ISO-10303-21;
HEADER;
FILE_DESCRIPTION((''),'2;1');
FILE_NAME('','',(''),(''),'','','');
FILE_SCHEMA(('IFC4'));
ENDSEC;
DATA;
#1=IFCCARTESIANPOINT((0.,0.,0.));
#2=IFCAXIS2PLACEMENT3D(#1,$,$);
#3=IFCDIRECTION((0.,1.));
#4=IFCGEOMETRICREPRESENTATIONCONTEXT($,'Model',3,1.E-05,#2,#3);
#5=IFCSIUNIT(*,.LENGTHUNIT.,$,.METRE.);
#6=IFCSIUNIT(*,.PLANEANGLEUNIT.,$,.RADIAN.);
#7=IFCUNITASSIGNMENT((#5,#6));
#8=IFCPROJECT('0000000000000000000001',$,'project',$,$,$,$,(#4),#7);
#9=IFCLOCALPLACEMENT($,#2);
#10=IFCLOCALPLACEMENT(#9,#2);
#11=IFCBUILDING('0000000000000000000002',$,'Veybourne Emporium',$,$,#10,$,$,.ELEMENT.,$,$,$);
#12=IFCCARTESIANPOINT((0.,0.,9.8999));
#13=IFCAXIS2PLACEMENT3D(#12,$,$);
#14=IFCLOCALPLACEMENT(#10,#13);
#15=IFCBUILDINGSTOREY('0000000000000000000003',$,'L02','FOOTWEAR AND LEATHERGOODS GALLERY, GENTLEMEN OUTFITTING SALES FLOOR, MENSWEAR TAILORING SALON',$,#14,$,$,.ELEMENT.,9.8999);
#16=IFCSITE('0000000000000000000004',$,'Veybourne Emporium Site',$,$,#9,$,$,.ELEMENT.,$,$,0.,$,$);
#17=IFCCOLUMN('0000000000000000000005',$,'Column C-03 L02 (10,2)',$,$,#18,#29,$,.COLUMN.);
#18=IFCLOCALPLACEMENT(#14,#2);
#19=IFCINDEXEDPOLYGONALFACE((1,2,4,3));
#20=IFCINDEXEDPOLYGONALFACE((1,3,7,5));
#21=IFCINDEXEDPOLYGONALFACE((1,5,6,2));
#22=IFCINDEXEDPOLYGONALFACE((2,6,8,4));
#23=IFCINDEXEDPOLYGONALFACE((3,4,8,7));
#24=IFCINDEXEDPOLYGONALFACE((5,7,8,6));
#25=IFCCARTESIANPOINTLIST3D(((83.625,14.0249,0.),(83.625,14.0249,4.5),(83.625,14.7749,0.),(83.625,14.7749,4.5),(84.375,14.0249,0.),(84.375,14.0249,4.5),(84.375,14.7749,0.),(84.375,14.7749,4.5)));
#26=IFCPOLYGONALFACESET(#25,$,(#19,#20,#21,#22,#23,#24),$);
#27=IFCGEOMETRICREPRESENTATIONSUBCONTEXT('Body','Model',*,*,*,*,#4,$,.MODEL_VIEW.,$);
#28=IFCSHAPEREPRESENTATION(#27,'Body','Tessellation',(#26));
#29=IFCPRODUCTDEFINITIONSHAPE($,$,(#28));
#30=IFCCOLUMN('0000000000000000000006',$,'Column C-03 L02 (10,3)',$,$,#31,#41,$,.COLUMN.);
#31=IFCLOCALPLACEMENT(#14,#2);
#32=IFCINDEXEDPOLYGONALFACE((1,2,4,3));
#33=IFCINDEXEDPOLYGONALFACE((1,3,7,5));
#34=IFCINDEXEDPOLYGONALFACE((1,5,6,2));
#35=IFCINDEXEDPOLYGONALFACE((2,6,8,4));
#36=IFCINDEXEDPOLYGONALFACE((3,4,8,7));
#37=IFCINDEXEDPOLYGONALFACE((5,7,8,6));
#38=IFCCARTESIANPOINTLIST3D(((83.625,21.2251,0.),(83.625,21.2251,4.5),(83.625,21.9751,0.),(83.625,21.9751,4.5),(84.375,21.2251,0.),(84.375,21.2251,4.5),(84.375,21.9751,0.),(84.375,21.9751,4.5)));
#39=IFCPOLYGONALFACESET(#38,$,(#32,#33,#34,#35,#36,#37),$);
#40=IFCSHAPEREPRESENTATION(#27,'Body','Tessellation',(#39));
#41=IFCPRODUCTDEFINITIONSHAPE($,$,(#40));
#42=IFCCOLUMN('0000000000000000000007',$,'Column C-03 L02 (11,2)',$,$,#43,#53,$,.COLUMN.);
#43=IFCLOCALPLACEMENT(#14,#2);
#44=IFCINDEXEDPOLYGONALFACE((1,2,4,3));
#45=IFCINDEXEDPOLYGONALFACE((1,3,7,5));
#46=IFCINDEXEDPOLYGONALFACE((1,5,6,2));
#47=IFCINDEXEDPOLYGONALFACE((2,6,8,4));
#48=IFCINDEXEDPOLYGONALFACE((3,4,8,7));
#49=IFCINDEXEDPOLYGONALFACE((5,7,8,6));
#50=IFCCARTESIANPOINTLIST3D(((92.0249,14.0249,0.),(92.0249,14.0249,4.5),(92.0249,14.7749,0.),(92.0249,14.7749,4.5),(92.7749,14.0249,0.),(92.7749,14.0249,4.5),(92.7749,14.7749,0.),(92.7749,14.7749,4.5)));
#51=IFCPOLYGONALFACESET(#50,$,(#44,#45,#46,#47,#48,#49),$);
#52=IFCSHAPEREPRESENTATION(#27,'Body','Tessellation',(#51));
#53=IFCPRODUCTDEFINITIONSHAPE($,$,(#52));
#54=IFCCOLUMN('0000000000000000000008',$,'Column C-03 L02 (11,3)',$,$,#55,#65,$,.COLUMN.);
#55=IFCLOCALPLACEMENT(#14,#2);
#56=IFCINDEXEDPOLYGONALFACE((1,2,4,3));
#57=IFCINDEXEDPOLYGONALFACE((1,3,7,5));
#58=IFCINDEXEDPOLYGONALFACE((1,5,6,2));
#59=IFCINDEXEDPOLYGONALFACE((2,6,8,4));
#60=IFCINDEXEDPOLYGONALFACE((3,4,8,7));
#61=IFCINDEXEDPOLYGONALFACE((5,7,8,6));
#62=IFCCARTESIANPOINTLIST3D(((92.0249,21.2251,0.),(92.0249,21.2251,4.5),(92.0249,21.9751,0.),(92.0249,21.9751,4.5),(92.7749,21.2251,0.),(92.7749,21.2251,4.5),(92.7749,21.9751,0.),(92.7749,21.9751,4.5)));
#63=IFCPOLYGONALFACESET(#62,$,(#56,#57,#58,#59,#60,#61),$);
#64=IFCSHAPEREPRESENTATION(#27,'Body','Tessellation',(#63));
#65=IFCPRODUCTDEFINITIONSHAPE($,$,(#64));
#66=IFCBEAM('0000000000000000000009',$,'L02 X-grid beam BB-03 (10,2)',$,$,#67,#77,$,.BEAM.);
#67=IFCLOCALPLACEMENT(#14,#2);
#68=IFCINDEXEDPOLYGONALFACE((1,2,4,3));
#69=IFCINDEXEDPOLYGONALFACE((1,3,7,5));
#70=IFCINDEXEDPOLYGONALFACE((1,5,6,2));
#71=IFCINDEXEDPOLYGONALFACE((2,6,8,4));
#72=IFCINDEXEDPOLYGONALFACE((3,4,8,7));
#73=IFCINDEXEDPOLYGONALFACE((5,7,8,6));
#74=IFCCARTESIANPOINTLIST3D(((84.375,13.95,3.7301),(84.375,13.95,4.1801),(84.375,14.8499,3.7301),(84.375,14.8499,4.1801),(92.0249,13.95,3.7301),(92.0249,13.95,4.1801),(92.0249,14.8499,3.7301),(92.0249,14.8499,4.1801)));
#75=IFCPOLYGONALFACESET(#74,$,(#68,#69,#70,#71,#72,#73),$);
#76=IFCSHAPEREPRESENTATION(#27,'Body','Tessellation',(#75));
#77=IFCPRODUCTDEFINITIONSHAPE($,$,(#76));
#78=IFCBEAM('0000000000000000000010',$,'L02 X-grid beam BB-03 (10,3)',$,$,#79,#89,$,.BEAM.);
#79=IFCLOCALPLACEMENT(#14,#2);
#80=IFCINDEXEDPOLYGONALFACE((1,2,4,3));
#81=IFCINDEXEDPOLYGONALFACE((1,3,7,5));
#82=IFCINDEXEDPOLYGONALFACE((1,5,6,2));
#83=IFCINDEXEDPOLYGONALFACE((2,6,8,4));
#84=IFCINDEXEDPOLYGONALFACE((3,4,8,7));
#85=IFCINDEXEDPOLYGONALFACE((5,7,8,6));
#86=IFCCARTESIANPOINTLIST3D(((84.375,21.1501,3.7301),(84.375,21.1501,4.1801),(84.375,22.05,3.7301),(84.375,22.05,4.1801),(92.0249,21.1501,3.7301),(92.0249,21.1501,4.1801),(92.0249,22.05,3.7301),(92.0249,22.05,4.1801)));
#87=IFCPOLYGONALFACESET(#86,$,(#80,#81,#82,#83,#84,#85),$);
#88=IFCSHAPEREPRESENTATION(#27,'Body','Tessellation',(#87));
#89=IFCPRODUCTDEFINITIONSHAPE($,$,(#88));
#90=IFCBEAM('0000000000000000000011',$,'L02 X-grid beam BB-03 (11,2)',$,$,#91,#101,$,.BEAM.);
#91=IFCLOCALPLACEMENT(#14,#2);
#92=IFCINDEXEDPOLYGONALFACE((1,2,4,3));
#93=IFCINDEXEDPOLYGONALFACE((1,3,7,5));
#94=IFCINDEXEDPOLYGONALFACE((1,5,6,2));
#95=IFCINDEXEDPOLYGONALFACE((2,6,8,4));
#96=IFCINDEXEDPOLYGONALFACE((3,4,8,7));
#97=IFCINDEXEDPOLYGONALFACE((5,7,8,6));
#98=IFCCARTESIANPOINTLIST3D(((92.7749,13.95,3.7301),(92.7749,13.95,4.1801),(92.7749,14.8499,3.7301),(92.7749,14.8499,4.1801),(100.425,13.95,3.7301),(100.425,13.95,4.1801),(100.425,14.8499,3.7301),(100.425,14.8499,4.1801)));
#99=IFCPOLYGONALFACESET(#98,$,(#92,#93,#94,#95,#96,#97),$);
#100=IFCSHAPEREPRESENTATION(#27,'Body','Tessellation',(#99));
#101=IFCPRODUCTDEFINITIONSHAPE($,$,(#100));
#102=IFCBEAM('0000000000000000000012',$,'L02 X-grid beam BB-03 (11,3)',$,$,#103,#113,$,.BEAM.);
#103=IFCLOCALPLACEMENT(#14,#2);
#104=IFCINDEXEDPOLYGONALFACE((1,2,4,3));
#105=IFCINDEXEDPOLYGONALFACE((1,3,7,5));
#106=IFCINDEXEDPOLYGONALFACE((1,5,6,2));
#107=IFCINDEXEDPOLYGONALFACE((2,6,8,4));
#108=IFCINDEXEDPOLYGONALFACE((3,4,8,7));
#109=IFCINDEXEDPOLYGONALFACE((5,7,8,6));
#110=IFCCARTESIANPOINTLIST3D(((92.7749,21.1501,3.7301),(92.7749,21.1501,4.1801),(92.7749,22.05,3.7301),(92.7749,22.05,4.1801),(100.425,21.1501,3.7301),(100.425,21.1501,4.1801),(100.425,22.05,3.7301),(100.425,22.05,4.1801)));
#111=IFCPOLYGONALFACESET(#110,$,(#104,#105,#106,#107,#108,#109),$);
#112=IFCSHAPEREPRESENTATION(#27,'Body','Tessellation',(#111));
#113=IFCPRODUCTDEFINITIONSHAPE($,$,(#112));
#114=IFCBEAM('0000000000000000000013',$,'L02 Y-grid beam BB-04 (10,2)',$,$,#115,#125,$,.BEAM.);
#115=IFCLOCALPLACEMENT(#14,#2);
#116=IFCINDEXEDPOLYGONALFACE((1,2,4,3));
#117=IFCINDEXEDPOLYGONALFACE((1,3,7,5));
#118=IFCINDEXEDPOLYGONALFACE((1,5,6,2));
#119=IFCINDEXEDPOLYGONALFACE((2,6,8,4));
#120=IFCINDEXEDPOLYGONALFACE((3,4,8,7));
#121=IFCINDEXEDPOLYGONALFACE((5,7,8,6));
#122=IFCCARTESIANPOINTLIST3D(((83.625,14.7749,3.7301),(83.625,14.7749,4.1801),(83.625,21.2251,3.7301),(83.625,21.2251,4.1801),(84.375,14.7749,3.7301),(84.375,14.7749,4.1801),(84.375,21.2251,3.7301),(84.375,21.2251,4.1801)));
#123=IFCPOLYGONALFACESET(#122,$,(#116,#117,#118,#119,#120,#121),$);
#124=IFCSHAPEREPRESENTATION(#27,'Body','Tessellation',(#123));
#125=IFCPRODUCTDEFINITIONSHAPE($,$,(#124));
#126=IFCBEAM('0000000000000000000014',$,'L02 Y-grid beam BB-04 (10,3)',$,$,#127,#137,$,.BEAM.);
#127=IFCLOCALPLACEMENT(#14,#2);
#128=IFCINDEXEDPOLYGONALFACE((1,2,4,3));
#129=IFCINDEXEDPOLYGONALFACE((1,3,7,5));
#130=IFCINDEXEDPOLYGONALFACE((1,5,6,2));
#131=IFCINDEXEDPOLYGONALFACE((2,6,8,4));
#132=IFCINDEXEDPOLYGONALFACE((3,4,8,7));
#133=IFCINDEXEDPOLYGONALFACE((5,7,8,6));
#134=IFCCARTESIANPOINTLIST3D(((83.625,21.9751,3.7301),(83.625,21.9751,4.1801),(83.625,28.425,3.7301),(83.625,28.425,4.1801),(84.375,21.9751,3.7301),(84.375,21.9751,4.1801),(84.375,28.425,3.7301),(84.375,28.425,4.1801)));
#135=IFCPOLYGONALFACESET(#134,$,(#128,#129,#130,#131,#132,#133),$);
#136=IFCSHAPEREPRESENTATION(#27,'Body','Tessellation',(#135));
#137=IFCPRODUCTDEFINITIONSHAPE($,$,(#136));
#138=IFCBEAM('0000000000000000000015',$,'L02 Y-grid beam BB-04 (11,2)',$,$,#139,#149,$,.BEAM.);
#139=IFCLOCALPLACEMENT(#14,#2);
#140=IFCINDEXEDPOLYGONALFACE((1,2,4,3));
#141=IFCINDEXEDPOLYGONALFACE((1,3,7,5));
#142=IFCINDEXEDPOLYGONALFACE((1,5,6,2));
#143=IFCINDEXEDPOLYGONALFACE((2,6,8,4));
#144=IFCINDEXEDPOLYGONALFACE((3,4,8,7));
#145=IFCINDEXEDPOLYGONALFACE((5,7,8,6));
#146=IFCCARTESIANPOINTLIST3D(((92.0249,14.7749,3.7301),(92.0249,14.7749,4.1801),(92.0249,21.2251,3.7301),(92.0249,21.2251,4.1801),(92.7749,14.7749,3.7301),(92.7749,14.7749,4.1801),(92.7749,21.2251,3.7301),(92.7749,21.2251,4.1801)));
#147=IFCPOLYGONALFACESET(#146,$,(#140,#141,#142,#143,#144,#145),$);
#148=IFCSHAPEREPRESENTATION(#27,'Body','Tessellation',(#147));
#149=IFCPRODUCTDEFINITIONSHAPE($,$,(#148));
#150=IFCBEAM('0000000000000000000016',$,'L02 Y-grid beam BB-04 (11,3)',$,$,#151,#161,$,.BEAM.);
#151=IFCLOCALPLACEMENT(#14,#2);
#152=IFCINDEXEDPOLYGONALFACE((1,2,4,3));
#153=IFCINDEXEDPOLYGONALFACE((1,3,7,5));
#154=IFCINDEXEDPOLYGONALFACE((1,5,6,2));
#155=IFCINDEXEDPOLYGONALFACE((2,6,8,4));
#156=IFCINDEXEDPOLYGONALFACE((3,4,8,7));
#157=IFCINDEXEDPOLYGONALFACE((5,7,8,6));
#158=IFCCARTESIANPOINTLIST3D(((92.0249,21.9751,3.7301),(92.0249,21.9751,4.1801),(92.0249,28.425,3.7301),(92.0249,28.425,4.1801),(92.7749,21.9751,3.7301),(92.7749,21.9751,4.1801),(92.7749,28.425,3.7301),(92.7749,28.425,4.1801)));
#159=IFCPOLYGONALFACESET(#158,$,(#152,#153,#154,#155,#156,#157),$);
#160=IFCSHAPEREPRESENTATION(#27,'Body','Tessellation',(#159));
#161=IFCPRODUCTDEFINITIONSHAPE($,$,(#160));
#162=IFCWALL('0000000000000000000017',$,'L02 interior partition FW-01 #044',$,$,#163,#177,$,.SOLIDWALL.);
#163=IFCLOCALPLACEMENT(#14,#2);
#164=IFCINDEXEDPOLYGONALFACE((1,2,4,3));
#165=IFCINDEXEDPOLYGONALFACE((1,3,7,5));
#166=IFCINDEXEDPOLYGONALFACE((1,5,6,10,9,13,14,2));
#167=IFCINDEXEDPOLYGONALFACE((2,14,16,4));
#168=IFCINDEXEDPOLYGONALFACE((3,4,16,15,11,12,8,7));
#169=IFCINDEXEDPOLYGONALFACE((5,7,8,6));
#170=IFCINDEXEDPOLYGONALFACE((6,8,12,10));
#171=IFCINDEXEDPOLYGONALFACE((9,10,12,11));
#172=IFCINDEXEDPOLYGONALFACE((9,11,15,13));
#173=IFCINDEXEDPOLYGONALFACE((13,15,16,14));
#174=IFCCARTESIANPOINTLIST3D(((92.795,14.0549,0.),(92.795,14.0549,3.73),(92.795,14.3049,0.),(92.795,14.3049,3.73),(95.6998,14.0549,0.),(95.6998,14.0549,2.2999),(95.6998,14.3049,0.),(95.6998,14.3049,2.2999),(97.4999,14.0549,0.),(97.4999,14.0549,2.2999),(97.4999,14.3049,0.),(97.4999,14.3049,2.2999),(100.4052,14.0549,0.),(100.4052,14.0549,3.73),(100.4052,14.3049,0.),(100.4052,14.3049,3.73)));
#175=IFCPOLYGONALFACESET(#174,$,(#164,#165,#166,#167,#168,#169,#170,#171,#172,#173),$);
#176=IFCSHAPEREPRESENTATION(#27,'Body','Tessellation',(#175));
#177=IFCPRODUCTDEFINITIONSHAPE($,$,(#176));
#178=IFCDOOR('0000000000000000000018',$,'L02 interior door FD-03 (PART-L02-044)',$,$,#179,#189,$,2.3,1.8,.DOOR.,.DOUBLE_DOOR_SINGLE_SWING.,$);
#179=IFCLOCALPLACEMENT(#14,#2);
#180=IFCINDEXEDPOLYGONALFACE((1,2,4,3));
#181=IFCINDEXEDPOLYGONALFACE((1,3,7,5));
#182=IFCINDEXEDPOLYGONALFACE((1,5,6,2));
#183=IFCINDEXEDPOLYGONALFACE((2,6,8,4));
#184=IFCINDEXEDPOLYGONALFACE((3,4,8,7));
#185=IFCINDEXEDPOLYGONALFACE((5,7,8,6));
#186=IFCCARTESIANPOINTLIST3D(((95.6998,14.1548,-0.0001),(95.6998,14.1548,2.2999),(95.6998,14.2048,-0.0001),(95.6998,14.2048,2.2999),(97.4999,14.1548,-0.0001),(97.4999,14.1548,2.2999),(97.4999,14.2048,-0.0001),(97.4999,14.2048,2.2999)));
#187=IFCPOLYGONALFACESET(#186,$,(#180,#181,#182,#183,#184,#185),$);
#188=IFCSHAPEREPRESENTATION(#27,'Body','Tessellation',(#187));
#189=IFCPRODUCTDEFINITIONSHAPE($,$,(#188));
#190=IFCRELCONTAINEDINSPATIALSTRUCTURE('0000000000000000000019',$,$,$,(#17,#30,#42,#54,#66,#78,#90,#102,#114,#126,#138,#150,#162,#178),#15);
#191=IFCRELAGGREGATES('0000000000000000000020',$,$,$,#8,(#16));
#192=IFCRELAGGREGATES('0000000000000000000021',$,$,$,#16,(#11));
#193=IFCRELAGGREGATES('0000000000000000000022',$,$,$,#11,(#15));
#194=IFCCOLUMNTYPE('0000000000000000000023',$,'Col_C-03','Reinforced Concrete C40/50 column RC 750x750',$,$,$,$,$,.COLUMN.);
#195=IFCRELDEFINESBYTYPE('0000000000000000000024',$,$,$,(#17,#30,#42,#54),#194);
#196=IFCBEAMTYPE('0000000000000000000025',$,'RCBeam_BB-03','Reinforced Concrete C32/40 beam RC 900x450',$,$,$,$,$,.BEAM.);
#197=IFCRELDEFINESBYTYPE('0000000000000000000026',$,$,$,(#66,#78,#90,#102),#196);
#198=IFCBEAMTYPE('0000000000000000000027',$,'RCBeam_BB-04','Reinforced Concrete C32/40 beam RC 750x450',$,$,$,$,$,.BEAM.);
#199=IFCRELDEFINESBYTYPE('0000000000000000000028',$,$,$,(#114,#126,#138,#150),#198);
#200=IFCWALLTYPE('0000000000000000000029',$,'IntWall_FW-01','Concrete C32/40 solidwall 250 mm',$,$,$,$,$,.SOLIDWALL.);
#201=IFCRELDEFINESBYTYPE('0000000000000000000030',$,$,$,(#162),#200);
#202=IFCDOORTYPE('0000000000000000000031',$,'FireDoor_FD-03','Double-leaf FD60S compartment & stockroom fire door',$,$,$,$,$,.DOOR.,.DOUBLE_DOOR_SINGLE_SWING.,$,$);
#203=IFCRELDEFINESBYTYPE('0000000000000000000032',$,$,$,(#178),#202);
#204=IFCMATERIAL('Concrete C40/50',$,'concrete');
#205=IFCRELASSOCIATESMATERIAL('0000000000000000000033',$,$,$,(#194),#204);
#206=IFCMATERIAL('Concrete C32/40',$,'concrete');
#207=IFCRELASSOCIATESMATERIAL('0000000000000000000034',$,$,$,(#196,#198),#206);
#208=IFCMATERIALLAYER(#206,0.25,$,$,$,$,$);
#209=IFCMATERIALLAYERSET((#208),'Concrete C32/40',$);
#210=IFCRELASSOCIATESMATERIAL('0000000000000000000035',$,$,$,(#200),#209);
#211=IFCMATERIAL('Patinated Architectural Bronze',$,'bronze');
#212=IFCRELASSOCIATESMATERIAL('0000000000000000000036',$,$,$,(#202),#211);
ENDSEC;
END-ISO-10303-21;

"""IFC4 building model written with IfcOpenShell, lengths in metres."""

from ifc_helpers import new_model, si_unit, direction, frame, frame_2d, origin, origin_2d, place, context, subcontext, project, spatial, rectangle, extrude, material, layer, layer_set, material_profile, profile_set, type_object, element, fill, save


model = new_model("IFC4")

# Units and contexts
model_context = context("Model", 3, precision=1e-05, world=origin(), true_north=direction((0.0, 1.0)))
body_context = subcontext(model_context, "Body", "Model", "MODEL_VIEW")
ifc_project = project(units=[si_unit("LENGTHUNIT", "METRE"), si_unit("PLANEANGLEUNIT", "RADIAN")], contexts=[model_context])

# Site, building, storey
site_placement = place(None, origin())
site = spatial("IfcSite", under=ifc_project, at=site_placement, Name="Veybourne Emporium Site", CompositionType="ELEMENT", RefElevation=0.0)
building_placement = place(site_placement, origin())
building = spatial("IfcBuilding", under=site, at=building_placement, Name="Veybourne Emporium", CompositionType="ELEMENT")
storey_placement = place(building_placement, frame((0.0, 0.0, 9.8999)))
storey = spatial("IfcBuildingStorey", under=building, at=storey_placement, Name="L02", Description="FOOTWEAR AND LEATHERGOODS GALLERY, GENTLEMEN OUTFITTING SALES FLOOR, MENSWEAR TAILORING SALON", CompositionType="ELEMENT", Elevation=9.8999)

# Columns
ifc_material_1 = material(Name="Concrete C40/50", Category="concrete")
ifc_material_profile_1 = material_profile(ifc_material_1, rectangle(XDim=0.75, YDim=0.75, at=origin_2d()), Name="RC 750x750")
ifc_profile_set_1 = profile_set([ifc_material_profile_1], Name="Concrete C40/50")
column_type = type_object("IfcColumnType", Name="Col_C-03", Description="Reinforced Concrete C40/50 column RC 750x750", PredefinedType="COLUMN", material=ifc_profile_set_1)
for number, where, z_axis, x_axis, name in (
    (1, (84.0, 14.3999, 0.0), (0.0, 0.0, 1.0), (1.0, 0.0, 0.0), "Column C-03 L02 (10,2)"),
    (2, (84.0, 21.6001, 0.0), (0.0, 0.0, 1.0), (1.0, 0.0, 0.0), "Column C-03 L02 (10,3)"),
    (3, (92.3999, 14.3999, 0.0), (0.0, 0.0, 1.0), (1.0, 0.0, 0.0), "Column C-03 L02 (11,2)"),
    (4, (92.3999, 21.6001, 0.0), (0.0, 0.0, 1.0), (1.0, 0.0, 0.0), "Column C-03 L02 (11,3)"),
):
    element("IfcColumn", number, at=place(storey_placement, frame(where, z_axis=z_axis, x_axis=x_axis)), inside=storey, type_object=column_type, Name=name, PredefinedType="COLUMN", context=body_context, shape_type="SweptSolid", body=[
        extrude(rectangle(XDim=0.75, YDim=0.75, at=origin_2d()), origin(), (0.0, 0.0, 1.0), 4.5),
    ])

# Beams
ifc_material_2 = material(Name="Concrete C32/40", Category="concrete")
ifc_material_profile_2 = material_profile(ifc_material_2, rectangle(XDim=0.8999, YDim=0.45, at=origin_2d()), Name="RC 900x450")
ifc_profile_set_2 = profile_set([ifc_material_profile_2], Name="Concrete C32/40")
beam_type_1 = type_object("IfcBeamType", Name="RCBeam_BB-03", Description="Reinforced Concrete C32/40 beam RC 900x450", PredefinedType="BEAM", material=ifc_profile_set_2)
for number, where, z_axis, x_axis, name in (
    (5, (84.375, 14.3999, 3.9551), (1.0, 0.0, 0.0), (0.0, 1.0, 0.0), "L02 X-grid beam BB-03 (10,2)"),
    (6, (84.375, 21.6001, 3.9551), (1.0, 0.0, 0.0), (0.0, 1.0, 0.0), "L02 X-grid beam BB-03 (10,3)"),
):
    element("IfcBeam", number, at=place(storey_placement, frame(where, z_axis=z_axis, x_axis=x_axis)), inside=storey, type_object=beam_type_1, Name=name, PredefinedType="BEAM", context=body_context, shape_type="SweptSolid", body=[
        extrude(rectangle(XDim=0.8999, YDim=0.45, at=origin_2d()), origin(), (0.0, 0.0, 1.0), 7.6499),
    ])
for number, where, z_axis, x_axis, name in (
    (7, (92.7749, 14.3999, 3.9551), (1.0, 0.0, 0.0), (0.0, 1.0, 0.0), "L02 X-grid beam BB-03 (11,2)"),
    (8, (92.7749, 21.6001, 3.9551), (1.0, 0.0, 0.0), (0.0, 1.0, 0.0), "L02 X-grid beam BB-03 (11,3)"),
):
    element("IfcBeam", number, at=place(storey_placement, frame(where, z_axis=z_axis, x_axis=x_axis)), inside=storey, type_object=beam_type_1, Name=name, PredefinedType="BEAM", context=body_context, shape_type="SweptSolid", body=[
        extrude(rectangle(XDim=0.8999, YDim=0.45, at=origin_2d()), origin(), (0.0, 0.0, 1.0), 7.6501),
    ])
ifc_material_profile_3 = material_profile(ifc_material_2, rectangle(XDim=0.75, YDim=0.45, at=origin_2d()), Name="RC 750x450")
ifc_profile_set_3 = profile_set([ifc_material_profile_3], Name="Concrete C32/40")
beam_type_2 = type_object("IfcBeamType", Name="RCBeam_BB-04", Description="Reinforced Concrete C32/40 beam RC 750x450", PredefinedType="BEAM", material=ifc_profile_set_3)
beam_1_placement = place(storey_placement, frame((84.0, 14.7749, 3.9551), z_axis=(0.0, 1.0, 0.0), x_axis=(-1.0, 0.0, 0.0)))
element("IfcBeam", 9, at=beam_1_placement, inside=storey, type_object=beam_type_2, Name="L02 Y-grid beam BB-04 (10,2)", PredefinedType="BEAM", context=body_context, shape_type="SweptSolid", body=[
    extrude(rectangle(XDim=0.75, YDim=0.45, at=origin_2d()), origin(), (0.0, 0.0, 1.0), 6.4502),
])
beam_2_placement = place(storey_placement, frame((84.0, 21.9751, 3.9551), z_axis=(0.0, 1.0, 0.0), x_axis=(-1.0, 0.0, 0.0)))
element("IfcBeam", 10, at=beam_2_placement, inside=storey, type_object=beam_type_2, Name="L02 Y-grid beam BB-04 (10,3)", PredefinedType="BEAM", context=body_context, shape_type="SweptSolid", body=[
    extrude(rectangle(XDim=0.75, YDim=0.45, at=origin_2d()), origin(), (0.0, 0.0, 1.0), 6.45),
])
beam_3_placement = place(storey_placement, frame((92.3999, 14.7749, 3.9551), z_axis=(0.0, 1.0, 0.0), x_axis=(-1.0, 0.0, 0.0)))
element("IfcBeam", 11, at=beam_3_placement, inside=storey, type_object=beam_type_2, Name="L02 Y-grid beam BB-04 (11,2)", PredefinedType="BEAM", context=body_context, shape_type="SweptSolid", body=[
    extrude(rectangle(XDim=0.75, YDim=0.45, at=origin_2d()), origin(), (0.0, 0.0, 1.0), 6.4502),
])
beam_4_placement = place(storey_placement, frame((92.3999, 21.9751, 3.9551), z_axis=(0.0, 1.0, 0.0), x_axis=(-1.0, 0.0, 0.0)))
element("IfcBeam", 12, at=beam_4_placement, inside=storey, type_object=beam_type_2, Name="L02 Y-grid beam BB-04 (11,3)", PredefinedType="BEAM", context=body_context, shape_type="SweptSolid", body=[
    extrude(rectangle(XDim=0.75, YDim=0.45, at=origin_2d()), origin(), (0.0, 0.0, 1.0), 6.45),
])

# Wall, opening, door
ifc_layer_1 = layer(ifc_material_2, 0.25)
ifc_layer_set_1 = layer_set([ifc_layer_1], Name="Concrete C32/40")
wall_type_1 = type_object("IfcWallType", Name="IntWall_FW-01", Description="Concrete C32/40 solidwall 250 mm", PredefinedType="SOLIDWALL", material=ifc_layer_set_1)
ifc_material_3 = material(Name="Patinated Architectural Bronze", Category="bronze")
wall_1_placement = place(storey_placement, frame((92.7949, 14.1799, 0.0), z_axis=(0.0, 0.0, 1.0), x_axis=(1.0, 0.0, 0.0)))
wall_1 = element("IfcWall", 13, at=wall_1_placement, inside=storey, type_object=wall_type_1, Name="L02 interior partition FW-01 #044", PredefinedType="SOLIDWALL", context=body_context, shape_type="SweptSolid", body=[
    extrude(rectangle(XDim=7.6101, YDim=0.25, at=frame_2d((3.8052, 0.0))), origin(), (0.0, 0.0, 1.0), 3.73),
])
opening_1_placement = place(wall_1_placement, frame((2.905, 0.0, 0.0)))
opening_1 = element("IfcOpeningElement", 14, at=opening_1_placement, cuts=wall_1, PredefinedType="OPENING", context=body_context, shape_type="SweptSolid", body=[
    extrude(rectangle(XDim=1.8, YDim=2.3, at=frame_2d((0.8999, 1.1499))), frame((0.0, 0.145, 0.0), z_axis=(0.0, -1.0, 0.0), x_axis=(1.0, 0.0, 0.0)), (0.0, 0.0, 1.0), 0.29),
])
door_type_1 = type_object("IfcDoorType", Name="FireDoor_FD-03", Description="Double-leaf FD60S compartment & stockroom fire door", OperationType="DOUBLE_DOOR_SINGLE_SWING", PredefinedType="DOOR", material=ifc_material_3)
door_1_placement = place(opening_1_placement, origin())
door_1 = element("IfcDoor", 15, at=door_1_placement, inside=storey, type_object=door_type_1, Name="L02 interior door FD-03 (PART-L02-044)", OperationType="DOUBLE_DOOR_SINGLE_SWING", OverallHeight=2.3, OverallWidth=1.8, PredefinedType="DOOR", context=body_context, shape_type="SweptSolid", body=[
    extrude(rectangle(XDim=1.8, YDim=2.3, at=frame_2d((0.8999, 1.1499))), frame((0.0, 0.0249, 0.0), z_axis=(0.0, -1.0, 0.0), x_axis=(1.0, 0.0, 0.0)), (0.0, 0.0, 1.0), 0.05),
])
fill(opening_1, door_1)

save(model, "model.ifc")
